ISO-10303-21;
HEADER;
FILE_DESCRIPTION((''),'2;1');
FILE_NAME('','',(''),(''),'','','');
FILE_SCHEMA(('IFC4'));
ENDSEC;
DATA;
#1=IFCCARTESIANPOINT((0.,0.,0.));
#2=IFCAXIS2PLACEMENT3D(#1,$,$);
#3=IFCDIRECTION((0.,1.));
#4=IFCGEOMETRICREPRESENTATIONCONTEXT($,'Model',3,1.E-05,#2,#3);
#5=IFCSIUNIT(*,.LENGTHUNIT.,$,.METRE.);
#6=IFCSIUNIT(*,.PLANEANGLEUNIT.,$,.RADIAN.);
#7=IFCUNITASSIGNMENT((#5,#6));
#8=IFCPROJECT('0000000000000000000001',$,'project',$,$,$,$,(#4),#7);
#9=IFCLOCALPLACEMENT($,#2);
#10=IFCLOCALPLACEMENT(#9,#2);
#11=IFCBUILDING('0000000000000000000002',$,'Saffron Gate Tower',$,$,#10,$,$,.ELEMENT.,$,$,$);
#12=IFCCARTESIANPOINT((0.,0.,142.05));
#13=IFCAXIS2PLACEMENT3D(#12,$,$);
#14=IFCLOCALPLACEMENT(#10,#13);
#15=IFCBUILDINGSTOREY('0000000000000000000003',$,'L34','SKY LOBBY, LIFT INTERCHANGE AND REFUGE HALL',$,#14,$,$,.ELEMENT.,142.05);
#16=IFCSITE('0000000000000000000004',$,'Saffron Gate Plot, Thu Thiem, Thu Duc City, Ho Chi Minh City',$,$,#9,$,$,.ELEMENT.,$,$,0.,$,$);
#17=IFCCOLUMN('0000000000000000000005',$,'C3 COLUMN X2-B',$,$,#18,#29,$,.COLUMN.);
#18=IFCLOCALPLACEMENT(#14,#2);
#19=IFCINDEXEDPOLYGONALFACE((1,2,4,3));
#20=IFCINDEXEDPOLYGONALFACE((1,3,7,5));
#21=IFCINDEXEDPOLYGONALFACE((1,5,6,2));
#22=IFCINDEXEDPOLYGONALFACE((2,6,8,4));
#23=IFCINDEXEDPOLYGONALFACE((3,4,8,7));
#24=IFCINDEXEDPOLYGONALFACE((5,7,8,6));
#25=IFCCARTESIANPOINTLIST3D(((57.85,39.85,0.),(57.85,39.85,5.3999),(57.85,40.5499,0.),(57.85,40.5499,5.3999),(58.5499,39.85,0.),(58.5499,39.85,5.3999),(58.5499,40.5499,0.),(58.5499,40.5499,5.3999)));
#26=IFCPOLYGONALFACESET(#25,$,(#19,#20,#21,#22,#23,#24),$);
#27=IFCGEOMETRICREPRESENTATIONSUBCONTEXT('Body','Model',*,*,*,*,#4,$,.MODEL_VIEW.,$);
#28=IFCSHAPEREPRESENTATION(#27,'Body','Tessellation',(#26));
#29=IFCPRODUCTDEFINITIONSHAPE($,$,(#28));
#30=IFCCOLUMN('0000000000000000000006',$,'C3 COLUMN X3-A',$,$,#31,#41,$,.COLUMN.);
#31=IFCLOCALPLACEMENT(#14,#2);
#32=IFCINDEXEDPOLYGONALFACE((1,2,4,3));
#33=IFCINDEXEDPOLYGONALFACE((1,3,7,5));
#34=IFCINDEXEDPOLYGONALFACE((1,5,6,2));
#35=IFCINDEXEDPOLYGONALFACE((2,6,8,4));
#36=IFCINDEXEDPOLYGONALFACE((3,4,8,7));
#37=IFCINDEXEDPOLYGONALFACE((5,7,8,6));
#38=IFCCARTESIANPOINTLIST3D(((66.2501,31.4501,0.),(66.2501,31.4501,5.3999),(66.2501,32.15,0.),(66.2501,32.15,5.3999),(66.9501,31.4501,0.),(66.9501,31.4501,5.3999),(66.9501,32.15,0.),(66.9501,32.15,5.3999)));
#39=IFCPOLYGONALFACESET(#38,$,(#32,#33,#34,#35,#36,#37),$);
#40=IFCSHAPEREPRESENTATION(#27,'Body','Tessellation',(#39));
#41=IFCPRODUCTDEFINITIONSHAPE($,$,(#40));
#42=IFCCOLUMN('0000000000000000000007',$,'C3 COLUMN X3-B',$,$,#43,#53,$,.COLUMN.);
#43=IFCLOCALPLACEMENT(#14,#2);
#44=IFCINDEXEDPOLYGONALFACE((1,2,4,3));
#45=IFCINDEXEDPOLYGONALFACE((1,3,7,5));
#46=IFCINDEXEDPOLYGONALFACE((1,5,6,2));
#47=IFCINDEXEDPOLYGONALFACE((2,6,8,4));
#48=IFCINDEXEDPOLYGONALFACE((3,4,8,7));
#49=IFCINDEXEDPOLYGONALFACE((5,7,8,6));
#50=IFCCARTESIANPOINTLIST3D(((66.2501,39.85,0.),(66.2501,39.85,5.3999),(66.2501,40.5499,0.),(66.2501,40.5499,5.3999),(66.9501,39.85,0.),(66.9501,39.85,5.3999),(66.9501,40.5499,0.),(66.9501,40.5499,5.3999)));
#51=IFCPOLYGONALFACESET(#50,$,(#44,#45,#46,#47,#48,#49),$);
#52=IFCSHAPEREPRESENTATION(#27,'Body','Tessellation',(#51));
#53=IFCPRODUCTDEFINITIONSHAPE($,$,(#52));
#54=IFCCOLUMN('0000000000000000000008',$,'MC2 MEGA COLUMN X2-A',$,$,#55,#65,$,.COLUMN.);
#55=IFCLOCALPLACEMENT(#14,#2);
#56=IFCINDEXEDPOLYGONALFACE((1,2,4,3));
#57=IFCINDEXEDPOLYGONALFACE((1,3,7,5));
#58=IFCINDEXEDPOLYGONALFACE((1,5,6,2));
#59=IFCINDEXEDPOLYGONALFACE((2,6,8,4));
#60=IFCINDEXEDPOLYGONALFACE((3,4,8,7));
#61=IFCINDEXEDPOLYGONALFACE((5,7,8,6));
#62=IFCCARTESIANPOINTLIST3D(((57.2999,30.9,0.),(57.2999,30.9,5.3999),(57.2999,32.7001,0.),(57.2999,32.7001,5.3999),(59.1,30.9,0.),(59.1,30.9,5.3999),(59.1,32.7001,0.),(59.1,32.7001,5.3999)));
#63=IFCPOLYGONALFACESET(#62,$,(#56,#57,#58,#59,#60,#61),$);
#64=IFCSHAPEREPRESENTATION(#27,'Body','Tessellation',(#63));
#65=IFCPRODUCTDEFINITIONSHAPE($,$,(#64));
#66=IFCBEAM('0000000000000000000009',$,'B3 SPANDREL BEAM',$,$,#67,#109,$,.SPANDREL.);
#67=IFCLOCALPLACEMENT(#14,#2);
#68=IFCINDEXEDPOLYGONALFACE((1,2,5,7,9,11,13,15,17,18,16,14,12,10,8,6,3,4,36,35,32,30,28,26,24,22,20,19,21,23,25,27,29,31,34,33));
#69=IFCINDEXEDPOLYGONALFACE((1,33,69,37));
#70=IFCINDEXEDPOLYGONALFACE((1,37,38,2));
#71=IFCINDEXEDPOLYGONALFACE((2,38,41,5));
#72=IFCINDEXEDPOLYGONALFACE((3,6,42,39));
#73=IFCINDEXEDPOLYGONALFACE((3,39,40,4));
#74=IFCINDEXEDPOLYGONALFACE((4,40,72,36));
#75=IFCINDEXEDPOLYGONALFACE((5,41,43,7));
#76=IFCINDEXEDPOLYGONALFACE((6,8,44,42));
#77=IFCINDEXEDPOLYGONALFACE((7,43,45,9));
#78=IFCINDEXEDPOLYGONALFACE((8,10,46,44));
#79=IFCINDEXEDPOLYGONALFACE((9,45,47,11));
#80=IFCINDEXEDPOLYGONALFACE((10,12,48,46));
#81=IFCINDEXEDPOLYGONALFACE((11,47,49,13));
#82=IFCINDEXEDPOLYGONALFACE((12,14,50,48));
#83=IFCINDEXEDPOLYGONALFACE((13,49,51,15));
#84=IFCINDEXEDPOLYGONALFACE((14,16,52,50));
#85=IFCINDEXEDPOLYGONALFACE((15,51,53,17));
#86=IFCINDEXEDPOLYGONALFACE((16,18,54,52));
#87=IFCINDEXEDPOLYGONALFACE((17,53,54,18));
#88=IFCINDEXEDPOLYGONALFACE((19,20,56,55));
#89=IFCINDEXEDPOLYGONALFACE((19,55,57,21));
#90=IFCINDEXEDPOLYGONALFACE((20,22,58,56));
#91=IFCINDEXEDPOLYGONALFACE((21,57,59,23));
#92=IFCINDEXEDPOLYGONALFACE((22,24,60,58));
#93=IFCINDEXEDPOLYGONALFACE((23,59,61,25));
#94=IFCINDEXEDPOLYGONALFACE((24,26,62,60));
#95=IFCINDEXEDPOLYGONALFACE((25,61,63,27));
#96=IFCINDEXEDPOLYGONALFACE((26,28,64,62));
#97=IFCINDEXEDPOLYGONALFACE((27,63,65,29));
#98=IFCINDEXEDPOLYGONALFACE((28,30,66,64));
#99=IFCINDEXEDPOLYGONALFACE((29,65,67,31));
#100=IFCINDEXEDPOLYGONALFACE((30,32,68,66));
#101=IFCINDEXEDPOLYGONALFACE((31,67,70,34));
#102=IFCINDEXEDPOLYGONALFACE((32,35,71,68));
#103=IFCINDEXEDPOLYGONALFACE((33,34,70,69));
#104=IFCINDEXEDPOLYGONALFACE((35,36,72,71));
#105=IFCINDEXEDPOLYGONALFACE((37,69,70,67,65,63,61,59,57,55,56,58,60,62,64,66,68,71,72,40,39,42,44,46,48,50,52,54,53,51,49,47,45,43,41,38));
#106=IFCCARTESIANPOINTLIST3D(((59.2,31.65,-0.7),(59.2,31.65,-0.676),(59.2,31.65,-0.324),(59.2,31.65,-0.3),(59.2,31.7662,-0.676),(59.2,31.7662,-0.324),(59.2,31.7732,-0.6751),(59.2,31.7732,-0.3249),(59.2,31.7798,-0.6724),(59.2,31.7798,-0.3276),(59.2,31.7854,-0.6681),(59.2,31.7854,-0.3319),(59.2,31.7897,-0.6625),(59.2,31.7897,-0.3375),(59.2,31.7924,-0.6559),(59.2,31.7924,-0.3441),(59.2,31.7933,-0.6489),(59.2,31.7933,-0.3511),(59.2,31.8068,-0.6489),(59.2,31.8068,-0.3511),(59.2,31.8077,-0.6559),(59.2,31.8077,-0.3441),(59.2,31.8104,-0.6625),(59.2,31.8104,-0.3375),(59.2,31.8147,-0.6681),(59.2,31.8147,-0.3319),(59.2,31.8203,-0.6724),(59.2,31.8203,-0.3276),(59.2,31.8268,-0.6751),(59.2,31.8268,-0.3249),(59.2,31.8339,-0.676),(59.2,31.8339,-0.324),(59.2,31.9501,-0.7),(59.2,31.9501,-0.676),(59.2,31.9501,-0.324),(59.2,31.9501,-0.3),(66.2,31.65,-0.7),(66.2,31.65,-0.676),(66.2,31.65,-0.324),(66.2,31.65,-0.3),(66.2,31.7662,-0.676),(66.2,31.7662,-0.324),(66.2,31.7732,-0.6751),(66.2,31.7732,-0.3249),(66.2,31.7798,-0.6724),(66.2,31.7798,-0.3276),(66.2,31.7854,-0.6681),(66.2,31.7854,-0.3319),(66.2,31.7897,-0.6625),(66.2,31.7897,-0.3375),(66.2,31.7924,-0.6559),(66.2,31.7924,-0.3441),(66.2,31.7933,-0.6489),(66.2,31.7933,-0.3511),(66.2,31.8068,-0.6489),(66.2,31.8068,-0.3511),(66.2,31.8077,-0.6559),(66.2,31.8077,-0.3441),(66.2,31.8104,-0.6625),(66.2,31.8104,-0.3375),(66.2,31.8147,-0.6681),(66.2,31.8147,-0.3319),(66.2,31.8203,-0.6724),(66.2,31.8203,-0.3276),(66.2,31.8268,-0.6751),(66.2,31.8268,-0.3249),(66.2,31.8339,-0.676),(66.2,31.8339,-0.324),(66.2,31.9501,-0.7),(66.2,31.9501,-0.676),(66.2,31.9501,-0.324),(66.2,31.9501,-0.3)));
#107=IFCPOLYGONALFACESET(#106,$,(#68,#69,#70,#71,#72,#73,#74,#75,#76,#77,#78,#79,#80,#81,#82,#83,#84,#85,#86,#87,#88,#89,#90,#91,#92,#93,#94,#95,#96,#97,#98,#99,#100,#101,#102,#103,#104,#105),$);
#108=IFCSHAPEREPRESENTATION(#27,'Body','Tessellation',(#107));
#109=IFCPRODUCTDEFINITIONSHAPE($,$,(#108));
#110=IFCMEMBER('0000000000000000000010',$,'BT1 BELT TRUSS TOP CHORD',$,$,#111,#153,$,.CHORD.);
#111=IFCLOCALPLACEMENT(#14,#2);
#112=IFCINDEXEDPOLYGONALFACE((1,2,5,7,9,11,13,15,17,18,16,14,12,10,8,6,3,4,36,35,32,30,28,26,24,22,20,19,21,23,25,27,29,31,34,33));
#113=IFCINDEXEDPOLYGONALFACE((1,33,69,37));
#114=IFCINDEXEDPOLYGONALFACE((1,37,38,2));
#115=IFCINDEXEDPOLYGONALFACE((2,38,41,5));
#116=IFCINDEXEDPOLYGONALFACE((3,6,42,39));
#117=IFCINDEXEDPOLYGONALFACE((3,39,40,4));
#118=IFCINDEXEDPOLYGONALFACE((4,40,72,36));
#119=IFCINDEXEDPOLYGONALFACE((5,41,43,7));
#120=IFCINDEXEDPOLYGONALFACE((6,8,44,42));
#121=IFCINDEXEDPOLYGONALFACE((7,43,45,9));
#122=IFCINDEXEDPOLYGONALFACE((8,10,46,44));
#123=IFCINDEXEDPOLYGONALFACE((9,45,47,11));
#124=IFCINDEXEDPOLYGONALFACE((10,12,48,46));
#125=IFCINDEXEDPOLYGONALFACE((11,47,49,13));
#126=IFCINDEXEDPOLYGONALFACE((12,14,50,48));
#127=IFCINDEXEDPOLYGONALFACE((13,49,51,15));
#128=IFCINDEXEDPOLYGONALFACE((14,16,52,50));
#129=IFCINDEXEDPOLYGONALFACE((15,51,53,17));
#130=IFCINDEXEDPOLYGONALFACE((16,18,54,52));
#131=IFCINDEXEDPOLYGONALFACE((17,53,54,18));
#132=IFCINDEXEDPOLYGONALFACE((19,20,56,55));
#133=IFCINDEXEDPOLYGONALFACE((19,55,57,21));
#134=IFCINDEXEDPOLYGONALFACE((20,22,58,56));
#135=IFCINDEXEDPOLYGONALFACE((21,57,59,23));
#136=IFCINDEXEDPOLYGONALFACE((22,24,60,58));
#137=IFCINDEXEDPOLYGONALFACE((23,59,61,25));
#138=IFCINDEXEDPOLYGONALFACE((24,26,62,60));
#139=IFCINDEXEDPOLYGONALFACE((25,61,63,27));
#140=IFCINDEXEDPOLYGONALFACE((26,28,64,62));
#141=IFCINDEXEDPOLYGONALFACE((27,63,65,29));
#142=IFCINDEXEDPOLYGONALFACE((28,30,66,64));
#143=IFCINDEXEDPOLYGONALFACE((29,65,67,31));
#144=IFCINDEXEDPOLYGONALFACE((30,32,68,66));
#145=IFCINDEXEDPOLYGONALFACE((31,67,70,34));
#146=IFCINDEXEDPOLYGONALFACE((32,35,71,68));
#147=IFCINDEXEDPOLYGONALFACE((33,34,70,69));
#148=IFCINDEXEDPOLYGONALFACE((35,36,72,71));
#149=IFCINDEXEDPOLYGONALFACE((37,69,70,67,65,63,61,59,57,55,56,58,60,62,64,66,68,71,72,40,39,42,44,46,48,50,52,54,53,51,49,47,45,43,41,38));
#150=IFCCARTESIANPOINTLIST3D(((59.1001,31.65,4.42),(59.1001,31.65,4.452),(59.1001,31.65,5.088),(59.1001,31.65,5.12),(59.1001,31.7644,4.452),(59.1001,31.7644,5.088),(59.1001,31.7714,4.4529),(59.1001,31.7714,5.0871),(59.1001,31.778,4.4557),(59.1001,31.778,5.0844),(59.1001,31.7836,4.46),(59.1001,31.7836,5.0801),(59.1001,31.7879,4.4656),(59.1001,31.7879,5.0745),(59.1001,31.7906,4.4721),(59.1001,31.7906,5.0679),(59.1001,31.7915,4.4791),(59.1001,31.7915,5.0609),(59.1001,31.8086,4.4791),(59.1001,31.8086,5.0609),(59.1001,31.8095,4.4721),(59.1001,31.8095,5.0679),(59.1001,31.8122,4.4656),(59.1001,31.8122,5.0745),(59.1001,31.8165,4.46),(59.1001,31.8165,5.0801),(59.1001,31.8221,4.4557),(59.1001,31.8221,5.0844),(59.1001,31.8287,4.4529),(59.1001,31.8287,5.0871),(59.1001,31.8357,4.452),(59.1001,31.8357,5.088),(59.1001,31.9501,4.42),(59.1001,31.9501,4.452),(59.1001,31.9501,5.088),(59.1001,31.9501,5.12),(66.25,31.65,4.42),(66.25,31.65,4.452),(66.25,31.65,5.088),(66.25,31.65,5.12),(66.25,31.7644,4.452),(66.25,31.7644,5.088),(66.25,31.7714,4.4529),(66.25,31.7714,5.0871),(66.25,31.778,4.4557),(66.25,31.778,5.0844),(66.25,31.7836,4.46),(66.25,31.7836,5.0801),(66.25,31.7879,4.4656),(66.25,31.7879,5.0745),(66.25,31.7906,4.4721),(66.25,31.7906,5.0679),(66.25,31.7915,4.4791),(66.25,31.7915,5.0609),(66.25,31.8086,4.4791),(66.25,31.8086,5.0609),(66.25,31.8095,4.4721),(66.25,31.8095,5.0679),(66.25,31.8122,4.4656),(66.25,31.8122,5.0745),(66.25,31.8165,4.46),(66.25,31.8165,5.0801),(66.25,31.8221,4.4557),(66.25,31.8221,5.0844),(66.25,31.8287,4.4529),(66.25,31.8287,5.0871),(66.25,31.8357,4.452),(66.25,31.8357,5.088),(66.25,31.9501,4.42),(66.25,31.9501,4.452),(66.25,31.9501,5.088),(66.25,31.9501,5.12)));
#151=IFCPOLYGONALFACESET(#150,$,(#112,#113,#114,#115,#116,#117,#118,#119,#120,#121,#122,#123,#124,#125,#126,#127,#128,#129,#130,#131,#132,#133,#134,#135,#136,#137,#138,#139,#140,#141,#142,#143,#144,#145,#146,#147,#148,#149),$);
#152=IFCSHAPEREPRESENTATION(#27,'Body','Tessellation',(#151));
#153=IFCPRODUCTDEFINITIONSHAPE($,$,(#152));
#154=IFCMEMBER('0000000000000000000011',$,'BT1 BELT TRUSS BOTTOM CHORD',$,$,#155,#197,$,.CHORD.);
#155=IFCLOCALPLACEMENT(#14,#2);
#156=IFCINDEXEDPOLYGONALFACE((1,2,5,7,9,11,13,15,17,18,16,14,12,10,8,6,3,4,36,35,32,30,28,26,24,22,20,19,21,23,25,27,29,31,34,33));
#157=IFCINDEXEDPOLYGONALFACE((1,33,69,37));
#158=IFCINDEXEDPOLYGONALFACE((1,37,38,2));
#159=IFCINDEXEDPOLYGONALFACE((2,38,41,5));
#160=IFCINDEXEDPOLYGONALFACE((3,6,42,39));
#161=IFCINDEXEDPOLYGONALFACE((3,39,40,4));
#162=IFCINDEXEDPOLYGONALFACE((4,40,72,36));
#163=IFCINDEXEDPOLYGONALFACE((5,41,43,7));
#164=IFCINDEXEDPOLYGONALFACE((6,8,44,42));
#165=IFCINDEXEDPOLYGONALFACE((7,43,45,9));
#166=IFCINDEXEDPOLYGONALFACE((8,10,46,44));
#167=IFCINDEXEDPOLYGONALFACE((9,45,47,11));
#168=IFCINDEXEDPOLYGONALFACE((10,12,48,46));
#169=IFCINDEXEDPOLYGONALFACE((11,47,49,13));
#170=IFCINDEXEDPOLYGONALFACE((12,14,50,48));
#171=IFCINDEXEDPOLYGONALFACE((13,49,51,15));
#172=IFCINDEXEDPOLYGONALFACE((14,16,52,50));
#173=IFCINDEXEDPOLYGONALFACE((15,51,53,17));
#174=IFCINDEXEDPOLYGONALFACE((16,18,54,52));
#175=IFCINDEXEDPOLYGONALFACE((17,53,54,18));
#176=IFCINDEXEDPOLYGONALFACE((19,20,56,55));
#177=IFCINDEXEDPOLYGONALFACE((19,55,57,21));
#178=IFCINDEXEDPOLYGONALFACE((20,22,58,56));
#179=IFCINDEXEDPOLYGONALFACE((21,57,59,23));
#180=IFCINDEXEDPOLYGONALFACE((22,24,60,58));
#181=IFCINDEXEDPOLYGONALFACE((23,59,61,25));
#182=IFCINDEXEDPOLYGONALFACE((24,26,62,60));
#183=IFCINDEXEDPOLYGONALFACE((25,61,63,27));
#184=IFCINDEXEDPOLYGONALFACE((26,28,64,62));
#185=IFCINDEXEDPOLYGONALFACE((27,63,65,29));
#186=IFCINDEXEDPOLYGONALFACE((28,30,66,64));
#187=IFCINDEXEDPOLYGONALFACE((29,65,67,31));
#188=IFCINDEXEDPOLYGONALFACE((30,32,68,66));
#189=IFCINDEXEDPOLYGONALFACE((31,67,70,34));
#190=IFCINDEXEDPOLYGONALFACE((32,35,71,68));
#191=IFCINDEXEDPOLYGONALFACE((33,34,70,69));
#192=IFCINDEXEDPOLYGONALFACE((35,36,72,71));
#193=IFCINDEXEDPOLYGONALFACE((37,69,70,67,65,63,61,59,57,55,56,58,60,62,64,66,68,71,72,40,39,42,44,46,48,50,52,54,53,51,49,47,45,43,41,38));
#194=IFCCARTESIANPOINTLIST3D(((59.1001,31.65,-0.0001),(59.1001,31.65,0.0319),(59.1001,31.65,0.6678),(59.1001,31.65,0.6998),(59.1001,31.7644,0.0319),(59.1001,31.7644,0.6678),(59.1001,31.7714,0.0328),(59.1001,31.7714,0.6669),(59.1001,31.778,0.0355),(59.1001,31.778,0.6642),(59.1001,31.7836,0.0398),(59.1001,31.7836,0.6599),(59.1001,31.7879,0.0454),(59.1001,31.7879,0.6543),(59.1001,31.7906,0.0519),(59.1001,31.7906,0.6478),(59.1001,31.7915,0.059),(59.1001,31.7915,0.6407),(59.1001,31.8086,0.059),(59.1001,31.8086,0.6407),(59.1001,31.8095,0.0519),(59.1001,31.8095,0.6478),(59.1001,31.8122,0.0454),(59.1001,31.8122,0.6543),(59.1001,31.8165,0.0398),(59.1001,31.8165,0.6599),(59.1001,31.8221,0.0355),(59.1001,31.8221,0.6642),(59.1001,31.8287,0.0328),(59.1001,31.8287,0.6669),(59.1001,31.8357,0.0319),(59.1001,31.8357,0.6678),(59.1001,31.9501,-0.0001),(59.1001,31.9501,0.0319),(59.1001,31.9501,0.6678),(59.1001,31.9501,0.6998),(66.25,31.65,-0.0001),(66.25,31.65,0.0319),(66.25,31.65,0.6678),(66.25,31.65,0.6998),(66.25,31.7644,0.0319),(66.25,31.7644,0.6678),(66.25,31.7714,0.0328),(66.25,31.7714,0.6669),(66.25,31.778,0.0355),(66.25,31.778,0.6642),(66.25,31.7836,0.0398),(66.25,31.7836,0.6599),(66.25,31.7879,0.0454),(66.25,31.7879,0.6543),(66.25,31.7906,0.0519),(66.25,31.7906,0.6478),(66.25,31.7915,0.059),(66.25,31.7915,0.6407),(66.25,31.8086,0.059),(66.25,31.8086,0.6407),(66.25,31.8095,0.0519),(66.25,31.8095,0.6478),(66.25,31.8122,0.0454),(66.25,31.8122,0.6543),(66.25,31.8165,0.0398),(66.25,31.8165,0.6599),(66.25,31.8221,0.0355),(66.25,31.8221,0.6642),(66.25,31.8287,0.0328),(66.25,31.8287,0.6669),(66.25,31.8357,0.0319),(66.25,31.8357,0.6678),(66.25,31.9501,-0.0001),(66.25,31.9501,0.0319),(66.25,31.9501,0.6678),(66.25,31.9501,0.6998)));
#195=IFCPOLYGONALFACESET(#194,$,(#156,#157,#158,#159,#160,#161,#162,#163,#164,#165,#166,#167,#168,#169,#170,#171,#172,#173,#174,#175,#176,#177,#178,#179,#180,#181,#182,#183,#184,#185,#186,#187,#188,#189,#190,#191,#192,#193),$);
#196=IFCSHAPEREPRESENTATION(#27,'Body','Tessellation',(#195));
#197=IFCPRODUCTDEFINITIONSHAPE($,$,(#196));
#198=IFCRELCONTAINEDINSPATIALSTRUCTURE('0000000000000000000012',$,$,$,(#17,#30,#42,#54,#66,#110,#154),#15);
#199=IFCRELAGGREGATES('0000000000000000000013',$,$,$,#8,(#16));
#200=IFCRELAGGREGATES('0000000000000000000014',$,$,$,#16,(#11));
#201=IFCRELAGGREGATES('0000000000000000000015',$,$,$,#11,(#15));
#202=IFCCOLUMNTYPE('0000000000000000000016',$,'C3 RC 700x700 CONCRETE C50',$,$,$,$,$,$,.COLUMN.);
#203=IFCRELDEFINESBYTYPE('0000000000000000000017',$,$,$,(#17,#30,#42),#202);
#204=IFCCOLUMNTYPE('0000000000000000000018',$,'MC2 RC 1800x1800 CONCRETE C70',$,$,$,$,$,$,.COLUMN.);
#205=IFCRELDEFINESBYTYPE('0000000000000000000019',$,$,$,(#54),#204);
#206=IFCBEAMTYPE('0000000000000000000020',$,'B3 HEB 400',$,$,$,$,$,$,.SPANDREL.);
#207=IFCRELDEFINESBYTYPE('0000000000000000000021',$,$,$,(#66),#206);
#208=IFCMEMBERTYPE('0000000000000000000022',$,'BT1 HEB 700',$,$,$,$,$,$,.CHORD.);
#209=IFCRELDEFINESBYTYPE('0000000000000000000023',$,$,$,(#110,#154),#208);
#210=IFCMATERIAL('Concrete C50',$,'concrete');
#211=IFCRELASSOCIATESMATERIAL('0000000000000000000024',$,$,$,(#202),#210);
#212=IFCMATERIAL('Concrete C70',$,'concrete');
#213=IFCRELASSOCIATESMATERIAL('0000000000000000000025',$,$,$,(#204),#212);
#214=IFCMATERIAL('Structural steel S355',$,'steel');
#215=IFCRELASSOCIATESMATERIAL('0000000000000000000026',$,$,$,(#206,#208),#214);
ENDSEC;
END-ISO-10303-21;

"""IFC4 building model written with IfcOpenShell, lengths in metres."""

from ifc_helpers import new_model, si_unit, direction, frame, origin, origin_2d, place, context, subcontext, project, spatial, rectangle, i_section, extrude, material, material_profile, profile_set, type_object, element, save


model = new_model("IFC4")

# Units and contexts
model_context = context("Model", 3, precision=1e-05, world=origin(), true_north=direction((0.0, 1.0)))
body_context = subcontext(model_context, "Body", "Model", "MODEL_VIEW")
ifc_project = project(units=[si_unit("LENGTHUNIT", "METRE"), si_unit("PLANEANGLEUNIT", "RADIAN")], contexts=[model_context])

# Site, building, storey
site_placement = place(None, origin())
site = spatial("IfcSite", under=ifc_project, at=site_placement, Name="Saffron Gate Plot, Thu Thiem, Thu Duc City, Ho Chi Minh City", CompositionType="ELEMENT", RefElevation=0.0)
building_placement = place(site_placement, origin())
building = spatial("IfcBuilding", under=site, at=building_placement, Name="Saffron Gate Tower", CompositionType="ELEMENT")
storey_placement = place(building_placement, frame((0.0, 0.0, 142.05)))
storey = spatial("IfcBuildingStorey", under=building, at=storey_placement, Name="L34", Description="SKY LOBBY, LIFT INTERCHANGE AND REFUGE HALL", CompositionType="ELEMENT", Elevation=142.05)

# Columns
ifc_material_1 = material(Name="Concrete C50", Category="concrete")
ifc_material_profile_1 = material_profile(ifc_material_1, rectangle(XDim=0.7, YDim=0.7, at=origin_2d()))
ifc_profile_set_1 = profile_set([ifc_material_profile_1], Name="Concrete C50")
column_type_1 = type_object("IfcColumnType", Name="C3 RC 700x700 CONCRETE C50", PredefinedType="COLUMN", material=ifc_profile_set_1)
for number, where, z_axis, x_axis, name in (
    (1, (58.2, 40.2, 0.0), (0.0, 0.0, 1.0), (1.0, 0.0, 0.0), "C3 COLUMN X2-B"),
    (2, (66.6001, 31.8, 0.0), (0.0, 0.0, 1.0), (1.0, 0.0, 0.0), "C3 COLUMN X3-A"),
    (3, (66.6001, 40.2, 0.0), (0.0, 0.0, 1.0), (1.0, 0.0, 0.0), "C3 COLUMN X3-B"),
):
    element("IfcColumn", number, at=place(storey_placement, frame(where, z_axis=z_axis, x_axis=x_axis)), inside=storey, type_object=column_type_1, Name=name, PredefinedType="COLUMN", context=body_context, shape_type="SweptSolid", body=[
        extrude(rectangle(XDim=0.7, YDim=0.7, at=origin_2d()), origin(), (0.0, 0.0, 1.0), 5.3999),
    ])
ifc_material_2 = material(Name="Concrete C70", Category="concrete")
ifc_material_profile_2 = material_profile(ifc_material_2, rectangle(XDim=1.8, YDim=1.8, at=origin_2d()))
ifc_profile_set_2 = profile_set([ifc_material_profile_2], Name="Concrete C70")
column_type_2 = type_object("IfcColumnType", Name="MC2 RC 1800x1800 CONCRETE C70", PredefinedType="COLUMN", material=ifc_profile_set_2)
column_placement = place(storey_placement, frame((58.2, 31.8, 0.0), z_axis=(0.0, 0.0, 1.0), x_axis=(1.0, 0.0, 0.0)))
element("IfcColumn", 4, at=column_placement, inside=storey, type_object=column_type_2, Name="MC2 MEGA COLUMN X2-A", PredefinedType="COLUMN", context=body_context, shape_type="SweptSolid", body=[
    extrude(rectangle(XDim=1.8, YDim=1.8, at=origin_2d()), origin(), (0.0, 0.0, 1.0), 5.3999),
])

# Beam
ifc_material_3 = material(Name="Structural steel S355", Category="steel")
ifc_material_profile_3 = material_profile(ifc_material_3, i_section(OverallWidth=0.3, OverallDepth=0.3999, WebThickness=0.0134, FlangeThickness=0.0239, FilletRadius=0.0271, at=origin_2d()))
ifc_profile_set_3 = profile_set([ifc_material_profile_3], Name="Structural steel S355")
beam_type = type_object("IfcBeamType", Name="B3 HEB 400", PredefinedType="SPANDREL", material=ifc_profile_set_3)
beam_placement = place(storey_placement, frame((59.2, 31.8, -0.5), z_axis=(1.0, 0.0, 0.0), x_axis=(0.0, 1.0, 0.0)))
element("IfcBeam", 5, at=beam_placement, inside=storey, type_object=beam_type, Name="B3 SPANDREL BEAM", PredefinedType="SPANDREL", context=body_context, shape_type="SweptSolid", body=[
    extrude(i_section(OverallWidth=0.3, OverallDepth=0.3999, WebThickness=0.0134, FlangeThickness=0.0239, FilletRadius=0.0271, at=origin_2d()), origin(), (0.0, 0.0, 1.0), 7.0),
])

# Members
ifc_material_profile_4 = material_profile(ifc_material_3, i_section(OverallWidth=0.3, OverallDepth=0.7, WebThickness=0.0171, FlangeThickness=0.032, FilletRadius=0.0271, at=origin_2d()))
ifc_profile_set_4 = profile_set([ifc_material_profile_4], Name="Structural steel S355")
member_type_1 = type_object("IfcMemberType", Name="BT1 HEB 700", PredefinedType="CHORD", material=ifc_profile_set_4)
for number, where, z_axis, x_axis, name in (
    (6, (59.1001, 31.8, 4.77), (1.0, 0.0, 0.0), (0.0, 1.0, 0.0), "BT1 BELT TRUSS TOP CHORD"),
    (7, (59.1001, 31.8, 0.3499), (1.0, 0.0, 0.0), (0.0, 1.0, 0.0), "BT1 BELT TRUSS BOTTOM CHORD"),
):
    element("IfcMember", number, at=place(storey_placement, frame(where, z_axis=z_axis, x_axis=x_axis)), inside=storey, type_object=member_type_1, Name=name, PredefinedType="CHORD", context=body_context, shape_type="SweptSolid", body=[
        extrude(i_section(OverallWidth=0.3, OverallDepth=0.7, WebThickness=0.0171, FlangeThickness=0.032, FilletRadius=0.0271, at=origin_2d()), origin(), (0.0, 0.0, 1.0), 7.1499),
    ])

save(model, "model.ifc")
